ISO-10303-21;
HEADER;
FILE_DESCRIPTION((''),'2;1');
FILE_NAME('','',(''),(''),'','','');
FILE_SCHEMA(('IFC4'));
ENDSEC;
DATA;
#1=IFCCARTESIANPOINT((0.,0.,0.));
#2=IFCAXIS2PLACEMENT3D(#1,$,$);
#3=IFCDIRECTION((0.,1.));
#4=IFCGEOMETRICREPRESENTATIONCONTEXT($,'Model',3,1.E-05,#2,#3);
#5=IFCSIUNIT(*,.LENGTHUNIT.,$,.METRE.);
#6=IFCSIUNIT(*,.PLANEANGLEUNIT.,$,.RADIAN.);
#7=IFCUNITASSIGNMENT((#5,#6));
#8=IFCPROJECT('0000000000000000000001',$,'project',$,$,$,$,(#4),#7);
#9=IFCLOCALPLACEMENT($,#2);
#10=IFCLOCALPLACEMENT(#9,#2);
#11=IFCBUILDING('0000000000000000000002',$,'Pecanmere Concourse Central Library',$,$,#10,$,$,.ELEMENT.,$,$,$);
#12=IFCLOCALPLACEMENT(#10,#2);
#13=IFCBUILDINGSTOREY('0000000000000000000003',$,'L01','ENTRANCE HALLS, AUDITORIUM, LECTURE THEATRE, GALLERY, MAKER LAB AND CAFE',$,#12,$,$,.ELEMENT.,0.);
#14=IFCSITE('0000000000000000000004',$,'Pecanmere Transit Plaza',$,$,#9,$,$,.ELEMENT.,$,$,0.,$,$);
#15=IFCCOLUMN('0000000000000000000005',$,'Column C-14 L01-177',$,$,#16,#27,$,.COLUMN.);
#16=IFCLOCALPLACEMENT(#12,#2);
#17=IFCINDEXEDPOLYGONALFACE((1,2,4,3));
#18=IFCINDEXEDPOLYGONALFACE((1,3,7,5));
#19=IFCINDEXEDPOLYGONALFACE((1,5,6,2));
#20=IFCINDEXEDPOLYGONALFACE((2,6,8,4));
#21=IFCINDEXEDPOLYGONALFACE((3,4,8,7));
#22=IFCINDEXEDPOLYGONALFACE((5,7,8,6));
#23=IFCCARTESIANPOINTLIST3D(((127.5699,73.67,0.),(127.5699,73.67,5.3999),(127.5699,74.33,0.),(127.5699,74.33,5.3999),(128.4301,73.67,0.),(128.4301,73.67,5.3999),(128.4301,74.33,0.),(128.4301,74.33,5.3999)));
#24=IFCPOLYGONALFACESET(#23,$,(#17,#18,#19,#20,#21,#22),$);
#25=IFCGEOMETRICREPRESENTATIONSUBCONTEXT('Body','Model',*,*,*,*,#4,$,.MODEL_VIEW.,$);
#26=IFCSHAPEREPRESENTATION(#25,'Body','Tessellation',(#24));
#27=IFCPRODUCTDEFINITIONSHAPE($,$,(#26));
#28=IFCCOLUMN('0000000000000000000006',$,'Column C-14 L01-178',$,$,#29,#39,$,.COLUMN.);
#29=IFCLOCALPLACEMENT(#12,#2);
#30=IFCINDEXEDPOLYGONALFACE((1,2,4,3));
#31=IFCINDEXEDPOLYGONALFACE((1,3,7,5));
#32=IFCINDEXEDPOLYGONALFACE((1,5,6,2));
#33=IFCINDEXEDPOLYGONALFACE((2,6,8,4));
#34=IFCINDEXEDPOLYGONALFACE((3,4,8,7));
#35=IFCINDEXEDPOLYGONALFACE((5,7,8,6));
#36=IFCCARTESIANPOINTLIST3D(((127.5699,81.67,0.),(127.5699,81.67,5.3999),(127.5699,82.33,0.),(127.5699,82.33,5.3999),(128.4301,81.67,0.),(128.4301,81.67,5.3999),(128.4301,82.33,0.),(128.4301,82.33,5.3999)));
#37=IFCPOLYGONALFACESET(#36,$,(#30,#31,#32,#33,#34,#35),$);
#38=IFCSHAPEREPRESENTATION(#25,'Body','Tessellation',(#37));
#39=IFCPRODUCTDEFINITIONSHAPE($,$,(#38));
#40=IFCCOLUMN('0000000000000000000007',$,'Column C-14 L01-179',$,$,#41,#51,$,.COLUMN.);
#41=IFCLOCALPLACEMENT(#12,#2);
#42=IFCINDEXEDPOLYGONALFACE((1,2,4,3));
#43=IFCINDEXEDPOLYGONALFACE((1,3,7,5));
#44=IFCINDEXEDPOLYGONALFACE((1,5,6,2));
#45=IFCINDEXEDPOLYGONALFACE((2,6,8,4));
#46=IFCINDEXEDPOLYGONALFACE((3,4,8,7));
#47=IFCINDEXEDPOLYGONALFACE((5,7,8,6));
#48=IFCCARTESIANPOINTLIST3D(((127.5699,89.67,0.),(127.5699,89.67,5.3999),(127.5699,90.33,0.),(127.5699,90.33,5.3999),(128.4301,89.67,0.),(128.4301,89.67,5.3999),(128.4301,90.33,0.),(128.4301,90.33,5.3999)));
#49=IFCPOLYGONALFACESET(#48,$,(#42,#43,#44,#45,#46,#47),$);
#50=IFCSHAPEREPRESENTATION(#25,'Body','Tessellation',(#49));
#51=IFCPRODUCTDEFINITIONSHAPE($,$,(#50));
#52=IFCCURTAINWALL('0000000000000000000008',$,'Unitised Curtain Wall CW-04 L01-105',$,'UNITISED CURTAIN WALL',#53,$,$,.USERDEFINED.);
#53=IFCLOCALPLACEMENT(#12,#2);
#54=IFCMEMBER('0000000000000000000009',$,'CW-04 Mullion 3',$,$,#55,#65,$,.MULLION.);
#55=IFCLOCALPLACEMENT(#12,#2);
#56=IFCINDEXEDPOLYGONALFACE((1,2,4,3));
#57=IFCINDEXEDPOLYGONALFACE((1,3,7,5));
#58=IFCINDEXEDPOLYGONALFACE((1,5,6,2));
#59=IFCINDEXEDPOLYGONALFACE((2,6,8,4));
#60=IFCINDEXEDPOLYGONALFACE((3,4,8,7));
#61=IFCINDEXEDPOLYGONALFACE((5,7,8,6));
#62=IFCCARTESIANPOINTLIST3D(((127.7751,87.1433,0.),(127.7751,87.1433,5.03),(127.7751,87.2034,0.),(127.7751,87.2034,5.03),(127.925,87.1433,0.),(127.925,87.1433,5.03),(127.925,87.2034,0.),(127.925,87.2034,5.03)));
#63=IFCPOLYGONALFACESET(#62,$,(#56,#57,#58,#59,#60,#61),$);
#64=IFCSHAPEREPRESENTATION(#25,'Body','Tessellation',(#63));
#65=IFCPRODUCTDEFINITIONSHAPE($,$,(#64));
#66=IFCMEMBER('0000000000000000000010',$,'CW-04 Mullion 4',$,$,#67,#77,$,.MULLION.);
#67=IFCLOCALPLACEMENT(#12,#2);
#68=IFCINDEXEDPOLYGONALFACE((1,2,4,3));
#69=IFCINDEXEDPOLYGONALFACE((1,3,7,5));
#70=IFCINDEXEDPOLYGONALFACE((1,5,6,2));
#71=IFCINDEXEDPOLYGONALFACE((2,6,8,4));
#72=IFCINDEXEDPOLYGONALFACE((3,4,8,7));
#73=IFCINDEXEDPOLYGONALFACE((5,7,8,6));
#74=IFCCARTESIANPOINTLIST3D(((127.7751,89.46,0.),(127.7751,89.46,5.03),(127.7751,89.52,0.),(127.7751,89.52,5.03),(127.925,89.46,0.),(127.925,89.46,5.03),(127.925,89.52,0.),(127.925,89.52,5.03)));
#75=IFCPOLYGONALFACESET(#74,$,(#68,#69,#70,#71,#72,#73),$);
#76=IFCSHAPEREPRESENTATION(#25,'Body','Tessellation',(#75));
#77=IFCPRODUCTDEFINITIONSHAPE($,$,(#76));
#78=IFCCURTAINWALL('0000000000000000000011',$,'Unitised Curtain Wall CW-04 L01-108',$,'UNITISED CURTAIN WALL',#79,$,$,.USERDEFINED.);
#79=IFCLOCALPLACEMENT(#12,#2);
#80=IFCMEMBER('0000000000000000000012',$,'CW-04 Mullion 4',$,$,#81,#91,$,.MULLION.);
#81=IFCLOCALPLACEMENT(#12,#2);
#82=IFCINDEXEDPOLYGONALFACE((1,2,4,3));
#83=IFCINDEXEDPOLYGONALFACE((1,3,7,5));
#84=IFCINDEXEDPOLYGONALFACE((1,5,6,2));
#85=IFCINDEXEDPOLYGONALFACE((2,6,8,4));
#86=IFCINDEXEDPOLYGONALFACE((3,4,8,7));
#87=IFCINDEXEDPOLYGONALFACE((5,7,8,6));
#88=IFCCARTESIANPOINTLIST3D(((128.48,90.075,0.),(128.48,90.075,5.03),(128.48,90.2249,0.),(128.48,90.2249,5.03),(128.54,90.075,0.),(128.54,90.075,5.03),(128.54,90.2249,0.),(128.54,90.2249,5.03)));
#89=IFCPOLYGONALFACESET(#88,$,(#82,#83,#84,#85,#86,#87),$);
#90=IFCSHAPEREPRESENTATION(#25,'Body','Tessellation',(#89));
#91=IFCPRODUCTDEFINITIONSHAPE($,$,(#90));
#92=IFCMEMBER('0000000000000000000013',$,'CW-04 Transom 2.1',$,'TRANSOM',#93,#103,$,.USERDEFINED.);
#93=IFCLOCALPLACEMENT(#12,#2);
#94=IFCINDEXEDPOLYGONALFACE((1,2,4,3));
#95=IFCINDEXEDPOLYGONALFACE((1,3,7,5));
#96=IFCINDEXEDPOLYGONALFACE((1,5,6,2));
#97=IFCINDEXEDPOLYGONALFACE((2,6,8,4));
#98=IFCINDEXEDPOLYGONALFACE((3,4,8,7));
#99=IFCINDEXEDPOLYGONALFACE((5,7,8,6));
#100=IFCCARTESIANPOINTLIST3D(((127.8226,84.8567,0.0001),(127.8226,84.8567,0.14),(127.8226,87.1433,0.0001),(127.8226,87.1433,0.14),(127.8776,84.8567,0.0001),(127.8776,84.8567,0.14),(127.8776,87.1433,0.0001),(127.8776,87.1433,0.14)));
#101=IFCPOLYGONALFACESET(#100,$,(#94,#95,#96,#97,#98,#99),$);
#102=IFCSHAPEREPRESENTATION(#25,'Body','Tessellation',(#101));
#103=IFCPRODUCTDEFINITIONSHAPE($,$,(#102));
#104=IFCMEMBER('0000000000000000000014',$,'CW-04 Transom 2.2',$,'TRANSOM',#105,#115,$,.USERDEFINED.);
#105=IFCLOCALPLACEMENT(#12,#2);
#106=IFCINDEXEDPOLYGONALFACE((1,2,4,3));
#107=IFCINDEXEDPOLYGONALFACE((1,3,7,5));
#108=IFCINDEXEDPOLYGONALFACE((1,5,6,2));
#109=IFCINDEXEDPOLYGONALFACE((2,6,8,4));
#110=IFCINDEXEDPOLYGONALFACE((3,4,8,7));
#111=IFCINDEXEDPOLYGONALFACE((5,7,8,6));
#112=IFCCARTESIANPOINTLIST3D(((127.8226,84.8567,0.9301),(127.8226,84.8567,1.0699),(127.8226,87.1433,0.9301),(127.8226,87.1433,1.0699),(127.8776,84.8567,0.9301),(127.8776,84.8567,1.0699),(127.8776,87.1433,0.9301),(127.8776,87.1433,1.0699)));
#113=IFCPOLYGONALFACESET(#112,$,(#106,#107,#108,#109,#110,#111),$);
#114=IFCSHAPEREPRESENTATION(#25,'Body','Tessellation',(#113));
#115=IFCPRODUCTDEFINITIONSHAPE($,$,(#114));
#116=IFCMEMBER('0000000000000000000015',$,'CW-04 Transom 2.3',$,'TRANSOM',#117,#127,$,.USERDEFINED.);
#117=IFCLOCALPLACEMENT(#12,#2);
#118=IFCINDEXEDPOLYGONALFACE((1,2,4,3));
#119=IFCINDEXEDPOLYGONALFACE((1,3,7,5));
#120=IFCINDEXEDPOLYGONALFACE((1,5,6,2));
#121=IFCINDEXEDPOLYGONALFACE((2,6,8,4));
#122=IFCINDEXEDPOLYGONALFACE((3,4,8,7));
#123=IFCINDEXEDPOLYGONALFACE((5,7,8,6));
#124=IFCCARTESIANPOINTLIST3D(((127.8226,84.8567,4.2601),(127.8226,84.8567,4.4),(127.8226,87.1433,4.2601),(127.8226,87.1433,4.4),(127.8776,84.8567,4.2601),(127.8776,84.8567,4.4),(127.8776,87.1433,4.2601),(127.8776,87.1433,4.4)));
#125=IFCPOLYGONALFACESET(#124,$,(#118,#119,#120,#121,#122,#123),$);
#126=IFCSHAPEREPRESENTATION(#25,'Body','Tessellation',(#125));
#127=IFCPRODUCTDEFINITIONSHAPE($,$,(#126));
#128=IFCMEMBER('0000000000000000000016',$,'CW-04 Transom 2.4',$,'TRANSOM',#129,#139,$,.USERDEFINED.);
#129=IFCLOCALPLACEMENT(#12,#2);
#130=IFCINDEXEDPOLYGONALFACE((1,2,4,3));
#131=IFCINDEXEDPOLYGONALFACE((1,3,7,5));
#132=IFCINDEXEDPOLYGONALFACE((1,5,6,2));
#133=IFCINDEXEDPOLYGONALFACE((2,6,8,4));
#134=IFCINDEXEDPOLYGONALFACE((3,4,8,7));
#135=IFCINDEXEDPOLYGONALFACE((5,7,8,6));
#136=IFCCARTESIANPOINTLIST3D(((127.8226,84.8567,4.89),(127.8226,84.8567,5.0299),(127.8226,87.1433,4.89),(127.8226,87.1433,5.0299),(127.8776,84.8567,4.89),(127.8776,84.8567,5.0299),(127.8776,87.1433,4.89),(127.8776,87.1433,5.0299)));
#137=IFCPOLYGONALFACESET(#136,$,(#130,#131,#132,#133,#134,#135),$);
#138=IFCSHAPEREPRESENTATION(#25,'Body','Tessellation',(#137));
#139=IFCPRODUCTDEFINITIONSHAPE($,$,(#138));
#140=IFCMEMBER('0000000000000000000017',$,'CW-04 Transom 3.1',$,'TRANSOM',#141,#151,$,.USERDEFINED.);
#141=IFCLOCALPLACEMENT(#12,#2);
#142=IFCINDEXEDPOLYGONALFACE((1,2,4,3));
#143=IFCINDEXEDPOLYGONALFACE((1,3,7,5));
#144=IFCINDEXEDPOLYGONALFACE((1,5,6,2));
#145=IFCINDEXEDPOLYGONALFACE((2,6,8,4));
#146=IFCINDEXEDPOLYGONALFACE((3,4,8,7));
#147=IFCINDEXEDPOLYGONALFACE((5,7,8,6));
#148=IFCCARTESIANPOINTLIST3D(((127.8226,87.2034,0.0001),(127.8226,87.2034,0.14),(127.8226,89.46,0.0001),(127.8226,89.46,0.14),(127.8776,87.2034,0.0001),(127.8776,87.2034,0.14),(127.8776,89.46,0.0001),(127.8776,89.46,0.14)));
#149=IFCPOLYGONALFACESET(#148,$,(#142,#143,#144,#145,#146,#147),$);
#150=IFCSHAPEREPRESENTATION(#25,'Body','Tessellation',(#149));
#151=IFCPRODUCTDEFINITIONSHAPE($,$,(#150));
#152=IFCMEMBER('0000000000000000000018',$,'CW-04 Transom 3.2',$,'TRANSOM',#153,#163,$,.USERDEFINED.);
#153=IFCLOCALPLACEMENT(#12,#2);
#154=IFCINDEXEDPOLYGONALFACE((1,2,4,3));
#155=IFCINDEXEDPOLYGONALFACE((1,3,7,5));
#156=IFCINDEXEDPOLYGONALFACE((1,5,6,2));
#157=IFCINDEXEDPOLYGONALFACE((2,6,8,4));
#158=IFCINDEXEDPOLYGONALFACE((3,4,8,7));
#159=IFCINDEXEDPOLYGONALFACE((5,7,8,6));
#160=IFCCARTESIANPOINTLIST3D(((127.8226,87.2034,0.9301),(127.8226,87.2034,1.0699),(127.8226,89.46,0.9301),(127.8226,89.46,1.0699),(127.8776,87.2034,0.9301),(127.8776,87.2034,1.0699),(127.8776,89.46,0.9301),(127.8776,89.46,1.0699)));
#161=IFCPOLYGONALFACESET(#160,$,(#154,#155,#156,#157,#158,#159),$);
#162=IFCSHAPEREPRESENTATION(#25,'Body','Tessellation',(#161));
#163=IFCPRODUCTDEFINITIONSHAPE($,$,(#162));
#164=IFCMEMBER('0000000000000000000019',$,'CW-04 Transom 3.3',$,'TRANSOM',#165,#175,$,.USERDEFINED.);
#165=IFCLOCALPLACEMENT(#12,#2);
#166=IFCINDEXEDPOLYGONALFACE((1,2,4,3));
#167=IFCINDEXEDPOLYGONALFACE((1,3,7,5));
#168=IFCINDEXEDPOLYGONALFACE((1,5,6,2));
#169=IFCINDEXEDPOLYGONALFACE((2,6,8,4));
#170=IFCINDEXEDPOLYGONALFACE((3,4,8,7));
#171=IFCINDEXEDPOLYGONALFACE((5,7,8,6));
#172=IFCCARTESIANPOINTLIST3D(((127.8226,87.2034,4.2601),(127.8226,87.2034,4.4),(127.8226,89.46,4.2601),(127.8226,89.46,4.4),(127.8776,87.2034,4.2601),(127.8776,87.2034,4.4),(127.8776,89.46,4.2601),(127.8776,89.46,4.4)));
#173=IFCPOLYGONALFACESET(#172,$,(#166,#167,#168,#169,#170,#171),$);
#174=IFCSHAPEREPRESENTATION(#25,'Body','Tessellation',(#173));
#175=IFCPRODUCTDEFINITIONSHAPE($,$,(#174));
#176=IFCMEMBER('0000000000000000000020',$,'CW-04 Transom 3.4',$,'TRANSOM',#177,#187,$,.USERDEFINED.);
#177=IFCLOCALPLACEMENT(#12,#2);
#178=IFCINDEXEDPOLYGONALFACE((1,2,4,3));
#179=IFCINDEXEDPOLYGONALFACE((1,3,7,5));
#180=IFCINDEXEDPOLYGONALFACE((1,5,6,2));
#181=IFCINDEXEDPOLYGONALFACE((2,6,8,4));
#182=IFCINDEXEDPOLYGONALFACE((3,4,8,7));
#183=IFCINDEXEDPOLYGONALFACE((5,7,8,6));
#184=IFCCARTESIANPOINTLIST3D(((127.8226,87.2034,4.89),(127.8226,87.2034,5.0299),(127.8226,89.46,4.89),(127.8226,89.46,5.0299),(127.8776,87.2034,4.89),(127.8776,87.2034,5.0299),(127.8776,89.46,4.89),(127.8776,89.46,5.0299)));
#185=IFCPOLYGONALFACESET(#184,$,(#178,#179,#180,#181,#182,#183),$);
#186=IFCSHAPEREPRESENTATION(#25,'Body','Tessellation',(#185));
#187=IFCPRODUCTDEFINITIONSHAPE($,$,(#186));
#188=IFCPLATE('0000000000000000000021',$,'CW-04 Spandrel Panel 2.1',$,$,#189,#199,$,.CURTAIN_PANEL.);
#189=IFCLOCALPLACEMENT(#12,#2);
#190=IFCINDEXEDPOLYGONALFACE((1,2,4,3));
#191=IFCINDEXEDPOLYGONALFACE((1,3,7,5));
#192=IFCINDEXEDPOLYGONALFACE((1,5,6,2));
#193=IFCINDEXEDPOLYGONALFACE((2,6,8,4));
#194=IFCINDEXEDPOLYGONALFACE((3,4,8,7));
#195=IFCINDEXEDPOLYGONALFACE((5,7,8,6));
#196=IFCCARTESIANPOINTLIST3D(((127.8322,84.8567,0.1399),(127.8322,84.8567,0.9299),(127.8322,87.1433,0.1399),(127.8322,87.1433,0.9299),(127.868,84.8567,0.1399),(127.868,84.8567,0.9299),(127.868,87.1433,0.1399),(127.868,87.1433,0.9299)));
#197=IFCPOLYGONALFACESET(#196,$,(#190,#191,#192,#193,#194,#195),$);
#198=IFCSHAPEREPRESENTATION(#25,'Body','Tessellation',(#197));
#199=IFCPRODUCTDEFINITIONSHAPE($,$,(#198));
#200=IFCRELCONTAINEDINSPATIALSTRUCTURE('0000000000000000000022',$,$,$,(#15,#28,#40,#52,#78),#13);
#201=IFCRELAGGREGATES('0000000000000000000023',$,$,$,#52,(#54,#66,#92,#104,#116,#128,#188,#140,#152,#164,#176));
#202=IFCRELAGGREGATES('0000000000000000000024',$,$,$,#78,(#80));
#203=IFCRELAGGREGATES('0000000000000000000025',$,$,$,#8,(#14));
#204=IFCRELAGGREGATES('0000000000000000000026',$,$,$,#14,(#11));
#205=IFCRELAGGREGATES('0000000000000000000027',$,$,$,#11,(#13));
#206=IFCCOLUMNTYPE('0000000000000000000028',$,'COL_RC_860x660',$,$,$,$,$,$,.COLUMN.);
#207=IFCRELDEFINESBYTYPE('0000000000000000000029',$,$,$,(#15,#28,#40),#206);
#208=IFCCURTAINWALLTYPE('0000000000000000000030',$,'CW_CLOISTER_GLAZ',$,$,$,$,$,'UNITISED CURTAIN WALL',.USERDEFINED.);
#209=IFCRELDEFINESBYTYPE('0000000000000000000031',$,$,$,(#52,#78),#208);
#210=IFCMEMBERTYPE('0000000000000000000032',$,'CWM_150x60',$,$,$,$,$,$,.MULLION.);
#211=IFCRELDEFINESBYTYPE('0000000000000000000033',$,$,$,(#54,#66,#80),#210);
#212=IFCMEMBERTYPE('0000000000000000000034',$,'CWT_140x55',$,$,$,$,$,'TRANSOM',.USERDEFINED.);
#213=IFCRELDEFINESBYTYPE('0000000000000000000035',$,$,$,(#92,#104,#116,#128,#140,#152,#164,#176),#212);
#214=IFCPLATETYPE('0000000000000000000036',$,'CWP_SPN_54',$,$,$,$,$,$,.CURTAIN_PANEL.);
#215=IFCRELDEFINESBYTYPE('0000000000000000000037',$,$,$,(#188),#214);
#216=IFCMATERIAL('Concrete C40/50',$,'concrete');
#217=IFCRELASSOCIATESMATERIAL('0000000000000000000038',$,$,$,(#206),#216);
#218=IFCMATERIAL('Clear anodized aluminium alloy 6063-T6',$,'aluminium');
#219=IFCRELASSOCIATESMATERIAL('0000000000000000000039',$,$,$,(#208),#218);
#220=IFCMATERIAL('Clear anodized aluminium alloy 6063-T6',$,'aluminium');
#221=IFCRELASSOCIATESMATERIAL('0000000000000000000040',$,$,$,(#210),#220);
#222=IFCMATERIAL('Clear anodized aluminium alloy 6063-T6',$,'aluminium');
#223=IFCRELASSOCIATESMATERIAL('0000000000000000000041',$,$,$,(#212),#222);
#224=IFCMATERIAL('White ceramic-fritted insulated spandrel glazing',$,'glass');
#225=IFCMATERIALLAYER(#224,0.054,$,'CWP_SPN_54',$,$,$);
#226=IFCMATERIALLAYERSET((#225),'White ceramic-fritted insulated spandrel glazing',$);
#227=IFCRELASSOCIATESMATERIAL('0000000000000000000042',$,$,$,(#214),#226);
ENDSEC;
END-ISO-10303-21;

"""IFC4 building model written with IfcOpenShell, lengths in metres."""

from ifc_helpers import new_model, si_unit, direction, frame, origin, origin_2d, place, context, subcontext, project, spatial, rectangle, extrude, material, layer, layer_set, material_profile, profile_set, type_object, element, aggregate, save


model = new_model("IFC4")

# Units and contexts
model_context = context("Model", 3, precision=1e-05, world=origin(), true_north=direction((0.0, 1.0)))
body_context = subcontext(model_context, "Body", "Model", "MODEL_VIEW")
ifc_project = project(units=[si_unit("LENGTHUNIT", "METRE"), si_unit("PLANEANGLEUNIT", "RADIAN")], contexts=[model_context])

# Site, building, storey
site_placement = place(None, origin())
site = spatial("IfcSite", under=ifc_project, at=site_placement, Name="Pecanmere Transit Plaza", CompositionType="ELEMENT", RefElevation=0.0)
building_placement = place(site_placement, origin())
building = spatial("IfcBuilding", under=site, at=building_placement, Name="Pecanmere Concourse Central Library", CompositionType="ELEMENT")
storey_placement = place(building_placement, origin())
storey = spatial("IfcBuildingStorey", under=building, at=storey_placement, Name="L01", Description="ENTRANCE HALLS, AUDITORIUM, LECTURE THEATRE, GALLERY, MAKER LAB AND CAFE", CompositionType="ELEMENT", Elevation=0.0)

# Columns
ifc_material_1 = material(Name="Concrete C40/50", Category="concrete")
ifc_material_profile_1 = material_profile(ifc_material_1, rectangle(XDim=0.8601, YDim=0.6599, at=origin_2d()), Name="RC 860x660")
ifc_profile_set_1 = profile_set([ifc_material_profile_1], Name="Concrete C40/50")
column_type = type_object("IfcColumnType", Name="COL_RC_860x660", PredefinedType="COLUMN", material=ifc_profile_set_1)
for number, where, z_axis, x_axis, name in (
    (1, (128.0, 74.0, 0.0), (0.0, 0.0, 1.0), (1.0, 0.0, 0.0), "Column C-14 L01-177"),
    (2, (128.0, 82.0, 0.0), (0.0, 0.0, 1.0), (1.0, 0.0, 0.0), "Column C-14 L01-178"),
    (3, (128.0, 90.0, 0.0), (0.0, 0.0, 1.0), (1.0, 0.0, 0.0), "Column C-14 L01-179"),
):
    element("IfcColumn", number, at=place(storey_placement, frame(where, z_axis=z_axis, x_axis=x_axis)), inside=storey, type_object=column_type, Name=name, PredefinedType="COLUMN", context=body_context, shape_type="SweptSolid", body=[
        extrude(rectangle(XDim=0.8601, YDim=0.6599, at=origin_2d()), origin(), (0.0, 0.0, 1.0), 5.3999),
    ])

# Curtain wall, members
ifc_material_2 = material(Name="Clear anodized aluminium alloy 6063-T6", Category="aluminium")
curtain_wall_type = type_object("IfcCurtainWallType", Name="CW_CLOISTER_GLAZ", ElementType="UNITISED CURTAIN WALL", PredefinedType="USERDEFINED", material=ifc_material_2)
curtain_wall_1_placement = place(storey_placement, origin())
curtain_wall_1 = element("IfcCurtainWall", 4, at=curtain_wall_1_placement, inside=storey, type_object=curtain_wall_type, Name="Unitised Curtain Wall CW-04 L01-105", ObjectType="UNITISED CURTAIN WALL", PredefinedType="USERDEFINED")
ifc_material_3 = material(Name="Clear anodized aluminium alloy 6063-T6", Category="aluminium")
ifc_material_profile_2 = material_profile(ifc_material_3, rectangle(XDim=0.0601, YDim=0.1499, at=origin_2d()), Name="AL 60x150")
ifc_profile_set_2 = profile_set([ifc_material_profile_2], Name="Clear anodized aluminium alloy 6063-T6")
member_type_1 = type_object("IfcMemberType", Name="CWM_150x60", PredefinedType="MULLION", material=ifc_profile_set_2)
member_1_placement = place(storey_placement, frame((127.8501, 87.1733, 0.0), z_axis=(0.0, 0.0, 1.0), x_axis=(0.0, 1.0, 0.0)))
member_1 = element("IfcMember", 5, at=member_1_placement, type_object=member_type_1, Name="CW-04 Mullion 3", PredefinedType="MULLION", context=body_context, shape_type="SweptSolid", body=[
    extrude(rectangle(XDim=0.0601, YDim=0.1499, at=origin_2d()), origin(), (0.0, 0.0, 1.0), 5.03),
])
member_2_placement = place(storey_placement, frame((127.8501, 89.49, 0.0), z_axis=(0.0, 0.0, 1.0), x_axis=(0.0, 1.0, 0.0)))
member_2 = element("IfcMember", 6, at=member_2_placement, type_object=member_type_1, Name="CW-04 Mullion 4", PredefinedType="MULLION", context=body_context, shape_type="SweptSolid", body=[
    extrude(rectangle(XDim=0.0601, YDim=0.1499, at=origin_2d()), origin(), (0.0, 0.0, 1.0), 5.03),
])

# Curtain wall, member
curtain_wall_2_placement = place(storey_placement, origin())
curtain_wall_2 = element("IfcCurtainWall", 7, at=curtain_wall_2_placement, inside=storey, type_object=curtain_wall_type, Name="Unitised Curtain Wall CW-04 L01-108", ObjectType="UNITISED CURTAIN WALL", PredefinedType="USERDEFINED")
member_3_placement = place(storey_placement, frame((128.51, 90.1499, 0.0), z_axis=(0.0, 0.0, 1.0), x_axis=(-1.0, 0.0, 0.0)))
member_3 = element("IfcMember", 8, at=member_3_placement, type_object=member_type_1, Name="CW-04 Mullion 4", PredefinedType="MULLION", context=body_context, shape_type="SweptSolid", body=[
    extrude(rectangle(XDim=0.0601, YDim=0.1499, at=origin_2d()), origin(), (0.0, 0.0, 1.0), 5.03),
])

# Members
ifc_material_4 = material(Name="Clear anodized aluminium alloy 6063-T6", Category="aluminium")
ifc_material_profile_3 = material_profile(ifc_material_4, rectangle(XDim=0.0549, YDim=0.1399, at=origin_2d()), Name="AL 55x140")
ifc_profile_set_3 = profile_set([ifc_material_profile_3], Name="Clear anodized aluminium alloy 6063-T6")
member_type_2 = type_object("IfcMemberType", Name="CWT_140x55", ElementType="TRANSOM", PredefinedType="USERDEFINED", material=ifc_profile_set_3)
member_4_placement = place(storey_placement, frame((127.8501, 84.8567, 0.0701), z_axis=(0.0, 1.0, 0.0), x_axis=(-1.0, 0.0, 0.0)))
member_4 = element("IfcMember", 9, at=member_4_placement, type_object=member_type_2, Name="CW-04 Transom 2.1", ObjectType="TRANSOM", PredefinedType="USERDEFINED", context=body_context, shape_type="SweptSolid", body=[
    extrude(rectangle(XDim=0.0549, YDim=0.1399, at=origin_2d()), origin(), (0.0, 0.0, 1.0), 2.2866),
])
member_5_placement = place(storey_placement, frame((127.8501, 84.8567, 1.0), z_axis=(0.0, 1.0, 0.0), x_axis=(-1.0, 0.0, 0.0)))
member_5 = element("IfcMember", 10, at=member_5_placement, type_object=member_type_2, Name="CW-04 Transom 2.2", ObjectType="TRANSOM", PredefinedType="USERDEFINED", context=body_context, shape_type="SweptSolid", body=[
    extrude(rectangle(XDim=0.0549, YDim=0.1399, at=origin_2d()), origin(), (0.0, 0.0, 1.0), 2.2866),
])
member_6_placement = place(storey_placement, frame((127.8501, 84.8567, 4.3301), z_axis=(0.0, 1.0, 0.0), x_axis=(-1.0, 0.0, 0.0)))
member_6 = element("IfcMember", 11, at=member_6_placement, type_object=member_type_2, Name="CW-04 Transom 2.3", ObjectType="TRANSOM", PredefinedType="USERDEFINED", context=body_context, shape_type="SweptSolid", body=[
    extrude(rectangle(XDim=0.0549, YDim=0.1399, at=origin_2d()), origin(), (0.0, 0.0, 1.0), 2.2866),
])
member_7_placement = place(storey_placement, frame((127.8501, 84.8567, 4.96), z_axis=(0.0, 1.0, 0.0), x_axis=(-1.0, 0.0, 0.0)))
member_7 = element("IfcMember", 12, at=member_7_placement, type_object=member_type_2, Name="CW-04 Transom 2.4", ObjectType="TRANSOM", PredefinedType="USERDEFINED", context=body_context, shape_type="SweptSolid", body=[
    extrude(rectangle(XDim=0.0549, YDim=0.1399, at=origin_2d()), origin(), (0.0, 0.0, 1.0), 2.2866),
])
member_8_placement = place(storey_placement, frame((127.8501, 87.2034, 0.0701), z_axis=(0.0, 1.0, 0.0), x_axis=(-1.0, 0.0, 0.0)))
member_8 = element("IfcMember", 13, at=member_8_placement, type_object=member_type_2, Name="CW-04 Transom 3.1", ObjectType="TRANSOM", PredefinedType="USERDEFINED", context=body_context, shape_type="SweptSolid", body=[
    extrude(rectangle(XDim=0.0549, YDim=0.1399, at=origin_2d()), origin(), (0.0, 0.0, 1.0), 2.2566),
])
member_9_placement = place(storey_placement, frame((127.8501, 87.2034, 1.0), z_axis=(0.0, 1.0, 0.0), x_axis=(-1.0, 0.0, 0.0)))
member_9 = element("IfcMember", 14, at=member_9_placement, type_object=member_type_2, Name="CW-04 Transom 3.2", ObjectType="TRANSOM", PredefinedType="USERDEFINED", context=body_context, shape_type="SweptSolid", body=[
    extrude(rectangle(XDim=0.0549, YDim=0.1399, at=origin_2d()), origin(), (0.0, 0.0, 1.0), 2.2566),
])
member_10_placement = place(storey_placement, frame((127.8501, 87.2034, 4.3301), z_axis=(0.0, 1.0, 0.0), x_axis=(-1.0, 0.0, 0.0)))
member_10 = element("IfcMember", 15, at=member_10_placement, type_object=member_type_2, Name="CW-04 Transom 3.3", ObjectType="TRANSOM", PredefinedType="USERDEFINED", context=body_context, shape_type="SweptSolid", body=[
    extrude(rectangle(XDim=0.0549, YDim=0.1399, at=origin_2d()), origin(), (0.0, 0.0, 1.0), 2.2566),
])
member_11_placement = place(storey_placement, frame((127.8501, 87.2034, 4.96), z_axis=(0.0, 1.0, 0.0), x_axis=(-1.0, 0.0, 0.0)))
member_11 = element("IfcMember", 16, at=member_11_placement, type_object=member_type_2, Name="CW-04 Transom 3.4", ObjectType="TRANSOM", PredefinedType="USERDEFINED", context=body_context, shape_type="SweptSolid", body=[
    extrude(rectangle(XDim=0.0549, YDim=0.1399, at=origin_2d()), origin(), (0.0, 0.0, 1.0), 2.2566),
])

# Plate
ifc_material_5 = material(Name="White ceramic-fritted insulated spandrel glazing", Category="glass")
ifc_layer_1 = layer(ifc_material_5, 0.054, Name="CWP_SPN_54")
ifc_layer_set_1 = layer_set([ifc_layer_1], Name="White ceramic-fritted insulated spandrel glazing")
plate_type_1 = type_object("IfcPlateType", Name="CWP_SPN_54", PredefinedType="CURTAIN_PANEL", material=ifc_layer_set_1)
plate_1_placement = place(storey_placement, frame((127.8501, 86.0, 0.1399), z_axis=(0.0, 0.0, 1.0), x_axis=(0.0, 1.0, 0.0)))
plate_1 = element("IfcPlate", 17, at=plate_1_placement, type_object=plate_type_1, Name="CW-04 Spandrel Panel 2.1", PredefinedType="CURTAIN_PANEL", context=body_context, shape_type="SweptSolid", body=[
    extrude(rectangle(XDim=2.2866, YDim=0.0359, at=origin_2d()), origin(), (0.0, 0.0, 1.0), 0.79),
])
aggregate(curtain_wall_1, [member_1, member_2, member_4, member_5, member_6, member_7, plate_1, member_8, member_9, member_10, member_11])
aggregate(curtain_wall_2, [member_3])

save(model, "model.ifc")
